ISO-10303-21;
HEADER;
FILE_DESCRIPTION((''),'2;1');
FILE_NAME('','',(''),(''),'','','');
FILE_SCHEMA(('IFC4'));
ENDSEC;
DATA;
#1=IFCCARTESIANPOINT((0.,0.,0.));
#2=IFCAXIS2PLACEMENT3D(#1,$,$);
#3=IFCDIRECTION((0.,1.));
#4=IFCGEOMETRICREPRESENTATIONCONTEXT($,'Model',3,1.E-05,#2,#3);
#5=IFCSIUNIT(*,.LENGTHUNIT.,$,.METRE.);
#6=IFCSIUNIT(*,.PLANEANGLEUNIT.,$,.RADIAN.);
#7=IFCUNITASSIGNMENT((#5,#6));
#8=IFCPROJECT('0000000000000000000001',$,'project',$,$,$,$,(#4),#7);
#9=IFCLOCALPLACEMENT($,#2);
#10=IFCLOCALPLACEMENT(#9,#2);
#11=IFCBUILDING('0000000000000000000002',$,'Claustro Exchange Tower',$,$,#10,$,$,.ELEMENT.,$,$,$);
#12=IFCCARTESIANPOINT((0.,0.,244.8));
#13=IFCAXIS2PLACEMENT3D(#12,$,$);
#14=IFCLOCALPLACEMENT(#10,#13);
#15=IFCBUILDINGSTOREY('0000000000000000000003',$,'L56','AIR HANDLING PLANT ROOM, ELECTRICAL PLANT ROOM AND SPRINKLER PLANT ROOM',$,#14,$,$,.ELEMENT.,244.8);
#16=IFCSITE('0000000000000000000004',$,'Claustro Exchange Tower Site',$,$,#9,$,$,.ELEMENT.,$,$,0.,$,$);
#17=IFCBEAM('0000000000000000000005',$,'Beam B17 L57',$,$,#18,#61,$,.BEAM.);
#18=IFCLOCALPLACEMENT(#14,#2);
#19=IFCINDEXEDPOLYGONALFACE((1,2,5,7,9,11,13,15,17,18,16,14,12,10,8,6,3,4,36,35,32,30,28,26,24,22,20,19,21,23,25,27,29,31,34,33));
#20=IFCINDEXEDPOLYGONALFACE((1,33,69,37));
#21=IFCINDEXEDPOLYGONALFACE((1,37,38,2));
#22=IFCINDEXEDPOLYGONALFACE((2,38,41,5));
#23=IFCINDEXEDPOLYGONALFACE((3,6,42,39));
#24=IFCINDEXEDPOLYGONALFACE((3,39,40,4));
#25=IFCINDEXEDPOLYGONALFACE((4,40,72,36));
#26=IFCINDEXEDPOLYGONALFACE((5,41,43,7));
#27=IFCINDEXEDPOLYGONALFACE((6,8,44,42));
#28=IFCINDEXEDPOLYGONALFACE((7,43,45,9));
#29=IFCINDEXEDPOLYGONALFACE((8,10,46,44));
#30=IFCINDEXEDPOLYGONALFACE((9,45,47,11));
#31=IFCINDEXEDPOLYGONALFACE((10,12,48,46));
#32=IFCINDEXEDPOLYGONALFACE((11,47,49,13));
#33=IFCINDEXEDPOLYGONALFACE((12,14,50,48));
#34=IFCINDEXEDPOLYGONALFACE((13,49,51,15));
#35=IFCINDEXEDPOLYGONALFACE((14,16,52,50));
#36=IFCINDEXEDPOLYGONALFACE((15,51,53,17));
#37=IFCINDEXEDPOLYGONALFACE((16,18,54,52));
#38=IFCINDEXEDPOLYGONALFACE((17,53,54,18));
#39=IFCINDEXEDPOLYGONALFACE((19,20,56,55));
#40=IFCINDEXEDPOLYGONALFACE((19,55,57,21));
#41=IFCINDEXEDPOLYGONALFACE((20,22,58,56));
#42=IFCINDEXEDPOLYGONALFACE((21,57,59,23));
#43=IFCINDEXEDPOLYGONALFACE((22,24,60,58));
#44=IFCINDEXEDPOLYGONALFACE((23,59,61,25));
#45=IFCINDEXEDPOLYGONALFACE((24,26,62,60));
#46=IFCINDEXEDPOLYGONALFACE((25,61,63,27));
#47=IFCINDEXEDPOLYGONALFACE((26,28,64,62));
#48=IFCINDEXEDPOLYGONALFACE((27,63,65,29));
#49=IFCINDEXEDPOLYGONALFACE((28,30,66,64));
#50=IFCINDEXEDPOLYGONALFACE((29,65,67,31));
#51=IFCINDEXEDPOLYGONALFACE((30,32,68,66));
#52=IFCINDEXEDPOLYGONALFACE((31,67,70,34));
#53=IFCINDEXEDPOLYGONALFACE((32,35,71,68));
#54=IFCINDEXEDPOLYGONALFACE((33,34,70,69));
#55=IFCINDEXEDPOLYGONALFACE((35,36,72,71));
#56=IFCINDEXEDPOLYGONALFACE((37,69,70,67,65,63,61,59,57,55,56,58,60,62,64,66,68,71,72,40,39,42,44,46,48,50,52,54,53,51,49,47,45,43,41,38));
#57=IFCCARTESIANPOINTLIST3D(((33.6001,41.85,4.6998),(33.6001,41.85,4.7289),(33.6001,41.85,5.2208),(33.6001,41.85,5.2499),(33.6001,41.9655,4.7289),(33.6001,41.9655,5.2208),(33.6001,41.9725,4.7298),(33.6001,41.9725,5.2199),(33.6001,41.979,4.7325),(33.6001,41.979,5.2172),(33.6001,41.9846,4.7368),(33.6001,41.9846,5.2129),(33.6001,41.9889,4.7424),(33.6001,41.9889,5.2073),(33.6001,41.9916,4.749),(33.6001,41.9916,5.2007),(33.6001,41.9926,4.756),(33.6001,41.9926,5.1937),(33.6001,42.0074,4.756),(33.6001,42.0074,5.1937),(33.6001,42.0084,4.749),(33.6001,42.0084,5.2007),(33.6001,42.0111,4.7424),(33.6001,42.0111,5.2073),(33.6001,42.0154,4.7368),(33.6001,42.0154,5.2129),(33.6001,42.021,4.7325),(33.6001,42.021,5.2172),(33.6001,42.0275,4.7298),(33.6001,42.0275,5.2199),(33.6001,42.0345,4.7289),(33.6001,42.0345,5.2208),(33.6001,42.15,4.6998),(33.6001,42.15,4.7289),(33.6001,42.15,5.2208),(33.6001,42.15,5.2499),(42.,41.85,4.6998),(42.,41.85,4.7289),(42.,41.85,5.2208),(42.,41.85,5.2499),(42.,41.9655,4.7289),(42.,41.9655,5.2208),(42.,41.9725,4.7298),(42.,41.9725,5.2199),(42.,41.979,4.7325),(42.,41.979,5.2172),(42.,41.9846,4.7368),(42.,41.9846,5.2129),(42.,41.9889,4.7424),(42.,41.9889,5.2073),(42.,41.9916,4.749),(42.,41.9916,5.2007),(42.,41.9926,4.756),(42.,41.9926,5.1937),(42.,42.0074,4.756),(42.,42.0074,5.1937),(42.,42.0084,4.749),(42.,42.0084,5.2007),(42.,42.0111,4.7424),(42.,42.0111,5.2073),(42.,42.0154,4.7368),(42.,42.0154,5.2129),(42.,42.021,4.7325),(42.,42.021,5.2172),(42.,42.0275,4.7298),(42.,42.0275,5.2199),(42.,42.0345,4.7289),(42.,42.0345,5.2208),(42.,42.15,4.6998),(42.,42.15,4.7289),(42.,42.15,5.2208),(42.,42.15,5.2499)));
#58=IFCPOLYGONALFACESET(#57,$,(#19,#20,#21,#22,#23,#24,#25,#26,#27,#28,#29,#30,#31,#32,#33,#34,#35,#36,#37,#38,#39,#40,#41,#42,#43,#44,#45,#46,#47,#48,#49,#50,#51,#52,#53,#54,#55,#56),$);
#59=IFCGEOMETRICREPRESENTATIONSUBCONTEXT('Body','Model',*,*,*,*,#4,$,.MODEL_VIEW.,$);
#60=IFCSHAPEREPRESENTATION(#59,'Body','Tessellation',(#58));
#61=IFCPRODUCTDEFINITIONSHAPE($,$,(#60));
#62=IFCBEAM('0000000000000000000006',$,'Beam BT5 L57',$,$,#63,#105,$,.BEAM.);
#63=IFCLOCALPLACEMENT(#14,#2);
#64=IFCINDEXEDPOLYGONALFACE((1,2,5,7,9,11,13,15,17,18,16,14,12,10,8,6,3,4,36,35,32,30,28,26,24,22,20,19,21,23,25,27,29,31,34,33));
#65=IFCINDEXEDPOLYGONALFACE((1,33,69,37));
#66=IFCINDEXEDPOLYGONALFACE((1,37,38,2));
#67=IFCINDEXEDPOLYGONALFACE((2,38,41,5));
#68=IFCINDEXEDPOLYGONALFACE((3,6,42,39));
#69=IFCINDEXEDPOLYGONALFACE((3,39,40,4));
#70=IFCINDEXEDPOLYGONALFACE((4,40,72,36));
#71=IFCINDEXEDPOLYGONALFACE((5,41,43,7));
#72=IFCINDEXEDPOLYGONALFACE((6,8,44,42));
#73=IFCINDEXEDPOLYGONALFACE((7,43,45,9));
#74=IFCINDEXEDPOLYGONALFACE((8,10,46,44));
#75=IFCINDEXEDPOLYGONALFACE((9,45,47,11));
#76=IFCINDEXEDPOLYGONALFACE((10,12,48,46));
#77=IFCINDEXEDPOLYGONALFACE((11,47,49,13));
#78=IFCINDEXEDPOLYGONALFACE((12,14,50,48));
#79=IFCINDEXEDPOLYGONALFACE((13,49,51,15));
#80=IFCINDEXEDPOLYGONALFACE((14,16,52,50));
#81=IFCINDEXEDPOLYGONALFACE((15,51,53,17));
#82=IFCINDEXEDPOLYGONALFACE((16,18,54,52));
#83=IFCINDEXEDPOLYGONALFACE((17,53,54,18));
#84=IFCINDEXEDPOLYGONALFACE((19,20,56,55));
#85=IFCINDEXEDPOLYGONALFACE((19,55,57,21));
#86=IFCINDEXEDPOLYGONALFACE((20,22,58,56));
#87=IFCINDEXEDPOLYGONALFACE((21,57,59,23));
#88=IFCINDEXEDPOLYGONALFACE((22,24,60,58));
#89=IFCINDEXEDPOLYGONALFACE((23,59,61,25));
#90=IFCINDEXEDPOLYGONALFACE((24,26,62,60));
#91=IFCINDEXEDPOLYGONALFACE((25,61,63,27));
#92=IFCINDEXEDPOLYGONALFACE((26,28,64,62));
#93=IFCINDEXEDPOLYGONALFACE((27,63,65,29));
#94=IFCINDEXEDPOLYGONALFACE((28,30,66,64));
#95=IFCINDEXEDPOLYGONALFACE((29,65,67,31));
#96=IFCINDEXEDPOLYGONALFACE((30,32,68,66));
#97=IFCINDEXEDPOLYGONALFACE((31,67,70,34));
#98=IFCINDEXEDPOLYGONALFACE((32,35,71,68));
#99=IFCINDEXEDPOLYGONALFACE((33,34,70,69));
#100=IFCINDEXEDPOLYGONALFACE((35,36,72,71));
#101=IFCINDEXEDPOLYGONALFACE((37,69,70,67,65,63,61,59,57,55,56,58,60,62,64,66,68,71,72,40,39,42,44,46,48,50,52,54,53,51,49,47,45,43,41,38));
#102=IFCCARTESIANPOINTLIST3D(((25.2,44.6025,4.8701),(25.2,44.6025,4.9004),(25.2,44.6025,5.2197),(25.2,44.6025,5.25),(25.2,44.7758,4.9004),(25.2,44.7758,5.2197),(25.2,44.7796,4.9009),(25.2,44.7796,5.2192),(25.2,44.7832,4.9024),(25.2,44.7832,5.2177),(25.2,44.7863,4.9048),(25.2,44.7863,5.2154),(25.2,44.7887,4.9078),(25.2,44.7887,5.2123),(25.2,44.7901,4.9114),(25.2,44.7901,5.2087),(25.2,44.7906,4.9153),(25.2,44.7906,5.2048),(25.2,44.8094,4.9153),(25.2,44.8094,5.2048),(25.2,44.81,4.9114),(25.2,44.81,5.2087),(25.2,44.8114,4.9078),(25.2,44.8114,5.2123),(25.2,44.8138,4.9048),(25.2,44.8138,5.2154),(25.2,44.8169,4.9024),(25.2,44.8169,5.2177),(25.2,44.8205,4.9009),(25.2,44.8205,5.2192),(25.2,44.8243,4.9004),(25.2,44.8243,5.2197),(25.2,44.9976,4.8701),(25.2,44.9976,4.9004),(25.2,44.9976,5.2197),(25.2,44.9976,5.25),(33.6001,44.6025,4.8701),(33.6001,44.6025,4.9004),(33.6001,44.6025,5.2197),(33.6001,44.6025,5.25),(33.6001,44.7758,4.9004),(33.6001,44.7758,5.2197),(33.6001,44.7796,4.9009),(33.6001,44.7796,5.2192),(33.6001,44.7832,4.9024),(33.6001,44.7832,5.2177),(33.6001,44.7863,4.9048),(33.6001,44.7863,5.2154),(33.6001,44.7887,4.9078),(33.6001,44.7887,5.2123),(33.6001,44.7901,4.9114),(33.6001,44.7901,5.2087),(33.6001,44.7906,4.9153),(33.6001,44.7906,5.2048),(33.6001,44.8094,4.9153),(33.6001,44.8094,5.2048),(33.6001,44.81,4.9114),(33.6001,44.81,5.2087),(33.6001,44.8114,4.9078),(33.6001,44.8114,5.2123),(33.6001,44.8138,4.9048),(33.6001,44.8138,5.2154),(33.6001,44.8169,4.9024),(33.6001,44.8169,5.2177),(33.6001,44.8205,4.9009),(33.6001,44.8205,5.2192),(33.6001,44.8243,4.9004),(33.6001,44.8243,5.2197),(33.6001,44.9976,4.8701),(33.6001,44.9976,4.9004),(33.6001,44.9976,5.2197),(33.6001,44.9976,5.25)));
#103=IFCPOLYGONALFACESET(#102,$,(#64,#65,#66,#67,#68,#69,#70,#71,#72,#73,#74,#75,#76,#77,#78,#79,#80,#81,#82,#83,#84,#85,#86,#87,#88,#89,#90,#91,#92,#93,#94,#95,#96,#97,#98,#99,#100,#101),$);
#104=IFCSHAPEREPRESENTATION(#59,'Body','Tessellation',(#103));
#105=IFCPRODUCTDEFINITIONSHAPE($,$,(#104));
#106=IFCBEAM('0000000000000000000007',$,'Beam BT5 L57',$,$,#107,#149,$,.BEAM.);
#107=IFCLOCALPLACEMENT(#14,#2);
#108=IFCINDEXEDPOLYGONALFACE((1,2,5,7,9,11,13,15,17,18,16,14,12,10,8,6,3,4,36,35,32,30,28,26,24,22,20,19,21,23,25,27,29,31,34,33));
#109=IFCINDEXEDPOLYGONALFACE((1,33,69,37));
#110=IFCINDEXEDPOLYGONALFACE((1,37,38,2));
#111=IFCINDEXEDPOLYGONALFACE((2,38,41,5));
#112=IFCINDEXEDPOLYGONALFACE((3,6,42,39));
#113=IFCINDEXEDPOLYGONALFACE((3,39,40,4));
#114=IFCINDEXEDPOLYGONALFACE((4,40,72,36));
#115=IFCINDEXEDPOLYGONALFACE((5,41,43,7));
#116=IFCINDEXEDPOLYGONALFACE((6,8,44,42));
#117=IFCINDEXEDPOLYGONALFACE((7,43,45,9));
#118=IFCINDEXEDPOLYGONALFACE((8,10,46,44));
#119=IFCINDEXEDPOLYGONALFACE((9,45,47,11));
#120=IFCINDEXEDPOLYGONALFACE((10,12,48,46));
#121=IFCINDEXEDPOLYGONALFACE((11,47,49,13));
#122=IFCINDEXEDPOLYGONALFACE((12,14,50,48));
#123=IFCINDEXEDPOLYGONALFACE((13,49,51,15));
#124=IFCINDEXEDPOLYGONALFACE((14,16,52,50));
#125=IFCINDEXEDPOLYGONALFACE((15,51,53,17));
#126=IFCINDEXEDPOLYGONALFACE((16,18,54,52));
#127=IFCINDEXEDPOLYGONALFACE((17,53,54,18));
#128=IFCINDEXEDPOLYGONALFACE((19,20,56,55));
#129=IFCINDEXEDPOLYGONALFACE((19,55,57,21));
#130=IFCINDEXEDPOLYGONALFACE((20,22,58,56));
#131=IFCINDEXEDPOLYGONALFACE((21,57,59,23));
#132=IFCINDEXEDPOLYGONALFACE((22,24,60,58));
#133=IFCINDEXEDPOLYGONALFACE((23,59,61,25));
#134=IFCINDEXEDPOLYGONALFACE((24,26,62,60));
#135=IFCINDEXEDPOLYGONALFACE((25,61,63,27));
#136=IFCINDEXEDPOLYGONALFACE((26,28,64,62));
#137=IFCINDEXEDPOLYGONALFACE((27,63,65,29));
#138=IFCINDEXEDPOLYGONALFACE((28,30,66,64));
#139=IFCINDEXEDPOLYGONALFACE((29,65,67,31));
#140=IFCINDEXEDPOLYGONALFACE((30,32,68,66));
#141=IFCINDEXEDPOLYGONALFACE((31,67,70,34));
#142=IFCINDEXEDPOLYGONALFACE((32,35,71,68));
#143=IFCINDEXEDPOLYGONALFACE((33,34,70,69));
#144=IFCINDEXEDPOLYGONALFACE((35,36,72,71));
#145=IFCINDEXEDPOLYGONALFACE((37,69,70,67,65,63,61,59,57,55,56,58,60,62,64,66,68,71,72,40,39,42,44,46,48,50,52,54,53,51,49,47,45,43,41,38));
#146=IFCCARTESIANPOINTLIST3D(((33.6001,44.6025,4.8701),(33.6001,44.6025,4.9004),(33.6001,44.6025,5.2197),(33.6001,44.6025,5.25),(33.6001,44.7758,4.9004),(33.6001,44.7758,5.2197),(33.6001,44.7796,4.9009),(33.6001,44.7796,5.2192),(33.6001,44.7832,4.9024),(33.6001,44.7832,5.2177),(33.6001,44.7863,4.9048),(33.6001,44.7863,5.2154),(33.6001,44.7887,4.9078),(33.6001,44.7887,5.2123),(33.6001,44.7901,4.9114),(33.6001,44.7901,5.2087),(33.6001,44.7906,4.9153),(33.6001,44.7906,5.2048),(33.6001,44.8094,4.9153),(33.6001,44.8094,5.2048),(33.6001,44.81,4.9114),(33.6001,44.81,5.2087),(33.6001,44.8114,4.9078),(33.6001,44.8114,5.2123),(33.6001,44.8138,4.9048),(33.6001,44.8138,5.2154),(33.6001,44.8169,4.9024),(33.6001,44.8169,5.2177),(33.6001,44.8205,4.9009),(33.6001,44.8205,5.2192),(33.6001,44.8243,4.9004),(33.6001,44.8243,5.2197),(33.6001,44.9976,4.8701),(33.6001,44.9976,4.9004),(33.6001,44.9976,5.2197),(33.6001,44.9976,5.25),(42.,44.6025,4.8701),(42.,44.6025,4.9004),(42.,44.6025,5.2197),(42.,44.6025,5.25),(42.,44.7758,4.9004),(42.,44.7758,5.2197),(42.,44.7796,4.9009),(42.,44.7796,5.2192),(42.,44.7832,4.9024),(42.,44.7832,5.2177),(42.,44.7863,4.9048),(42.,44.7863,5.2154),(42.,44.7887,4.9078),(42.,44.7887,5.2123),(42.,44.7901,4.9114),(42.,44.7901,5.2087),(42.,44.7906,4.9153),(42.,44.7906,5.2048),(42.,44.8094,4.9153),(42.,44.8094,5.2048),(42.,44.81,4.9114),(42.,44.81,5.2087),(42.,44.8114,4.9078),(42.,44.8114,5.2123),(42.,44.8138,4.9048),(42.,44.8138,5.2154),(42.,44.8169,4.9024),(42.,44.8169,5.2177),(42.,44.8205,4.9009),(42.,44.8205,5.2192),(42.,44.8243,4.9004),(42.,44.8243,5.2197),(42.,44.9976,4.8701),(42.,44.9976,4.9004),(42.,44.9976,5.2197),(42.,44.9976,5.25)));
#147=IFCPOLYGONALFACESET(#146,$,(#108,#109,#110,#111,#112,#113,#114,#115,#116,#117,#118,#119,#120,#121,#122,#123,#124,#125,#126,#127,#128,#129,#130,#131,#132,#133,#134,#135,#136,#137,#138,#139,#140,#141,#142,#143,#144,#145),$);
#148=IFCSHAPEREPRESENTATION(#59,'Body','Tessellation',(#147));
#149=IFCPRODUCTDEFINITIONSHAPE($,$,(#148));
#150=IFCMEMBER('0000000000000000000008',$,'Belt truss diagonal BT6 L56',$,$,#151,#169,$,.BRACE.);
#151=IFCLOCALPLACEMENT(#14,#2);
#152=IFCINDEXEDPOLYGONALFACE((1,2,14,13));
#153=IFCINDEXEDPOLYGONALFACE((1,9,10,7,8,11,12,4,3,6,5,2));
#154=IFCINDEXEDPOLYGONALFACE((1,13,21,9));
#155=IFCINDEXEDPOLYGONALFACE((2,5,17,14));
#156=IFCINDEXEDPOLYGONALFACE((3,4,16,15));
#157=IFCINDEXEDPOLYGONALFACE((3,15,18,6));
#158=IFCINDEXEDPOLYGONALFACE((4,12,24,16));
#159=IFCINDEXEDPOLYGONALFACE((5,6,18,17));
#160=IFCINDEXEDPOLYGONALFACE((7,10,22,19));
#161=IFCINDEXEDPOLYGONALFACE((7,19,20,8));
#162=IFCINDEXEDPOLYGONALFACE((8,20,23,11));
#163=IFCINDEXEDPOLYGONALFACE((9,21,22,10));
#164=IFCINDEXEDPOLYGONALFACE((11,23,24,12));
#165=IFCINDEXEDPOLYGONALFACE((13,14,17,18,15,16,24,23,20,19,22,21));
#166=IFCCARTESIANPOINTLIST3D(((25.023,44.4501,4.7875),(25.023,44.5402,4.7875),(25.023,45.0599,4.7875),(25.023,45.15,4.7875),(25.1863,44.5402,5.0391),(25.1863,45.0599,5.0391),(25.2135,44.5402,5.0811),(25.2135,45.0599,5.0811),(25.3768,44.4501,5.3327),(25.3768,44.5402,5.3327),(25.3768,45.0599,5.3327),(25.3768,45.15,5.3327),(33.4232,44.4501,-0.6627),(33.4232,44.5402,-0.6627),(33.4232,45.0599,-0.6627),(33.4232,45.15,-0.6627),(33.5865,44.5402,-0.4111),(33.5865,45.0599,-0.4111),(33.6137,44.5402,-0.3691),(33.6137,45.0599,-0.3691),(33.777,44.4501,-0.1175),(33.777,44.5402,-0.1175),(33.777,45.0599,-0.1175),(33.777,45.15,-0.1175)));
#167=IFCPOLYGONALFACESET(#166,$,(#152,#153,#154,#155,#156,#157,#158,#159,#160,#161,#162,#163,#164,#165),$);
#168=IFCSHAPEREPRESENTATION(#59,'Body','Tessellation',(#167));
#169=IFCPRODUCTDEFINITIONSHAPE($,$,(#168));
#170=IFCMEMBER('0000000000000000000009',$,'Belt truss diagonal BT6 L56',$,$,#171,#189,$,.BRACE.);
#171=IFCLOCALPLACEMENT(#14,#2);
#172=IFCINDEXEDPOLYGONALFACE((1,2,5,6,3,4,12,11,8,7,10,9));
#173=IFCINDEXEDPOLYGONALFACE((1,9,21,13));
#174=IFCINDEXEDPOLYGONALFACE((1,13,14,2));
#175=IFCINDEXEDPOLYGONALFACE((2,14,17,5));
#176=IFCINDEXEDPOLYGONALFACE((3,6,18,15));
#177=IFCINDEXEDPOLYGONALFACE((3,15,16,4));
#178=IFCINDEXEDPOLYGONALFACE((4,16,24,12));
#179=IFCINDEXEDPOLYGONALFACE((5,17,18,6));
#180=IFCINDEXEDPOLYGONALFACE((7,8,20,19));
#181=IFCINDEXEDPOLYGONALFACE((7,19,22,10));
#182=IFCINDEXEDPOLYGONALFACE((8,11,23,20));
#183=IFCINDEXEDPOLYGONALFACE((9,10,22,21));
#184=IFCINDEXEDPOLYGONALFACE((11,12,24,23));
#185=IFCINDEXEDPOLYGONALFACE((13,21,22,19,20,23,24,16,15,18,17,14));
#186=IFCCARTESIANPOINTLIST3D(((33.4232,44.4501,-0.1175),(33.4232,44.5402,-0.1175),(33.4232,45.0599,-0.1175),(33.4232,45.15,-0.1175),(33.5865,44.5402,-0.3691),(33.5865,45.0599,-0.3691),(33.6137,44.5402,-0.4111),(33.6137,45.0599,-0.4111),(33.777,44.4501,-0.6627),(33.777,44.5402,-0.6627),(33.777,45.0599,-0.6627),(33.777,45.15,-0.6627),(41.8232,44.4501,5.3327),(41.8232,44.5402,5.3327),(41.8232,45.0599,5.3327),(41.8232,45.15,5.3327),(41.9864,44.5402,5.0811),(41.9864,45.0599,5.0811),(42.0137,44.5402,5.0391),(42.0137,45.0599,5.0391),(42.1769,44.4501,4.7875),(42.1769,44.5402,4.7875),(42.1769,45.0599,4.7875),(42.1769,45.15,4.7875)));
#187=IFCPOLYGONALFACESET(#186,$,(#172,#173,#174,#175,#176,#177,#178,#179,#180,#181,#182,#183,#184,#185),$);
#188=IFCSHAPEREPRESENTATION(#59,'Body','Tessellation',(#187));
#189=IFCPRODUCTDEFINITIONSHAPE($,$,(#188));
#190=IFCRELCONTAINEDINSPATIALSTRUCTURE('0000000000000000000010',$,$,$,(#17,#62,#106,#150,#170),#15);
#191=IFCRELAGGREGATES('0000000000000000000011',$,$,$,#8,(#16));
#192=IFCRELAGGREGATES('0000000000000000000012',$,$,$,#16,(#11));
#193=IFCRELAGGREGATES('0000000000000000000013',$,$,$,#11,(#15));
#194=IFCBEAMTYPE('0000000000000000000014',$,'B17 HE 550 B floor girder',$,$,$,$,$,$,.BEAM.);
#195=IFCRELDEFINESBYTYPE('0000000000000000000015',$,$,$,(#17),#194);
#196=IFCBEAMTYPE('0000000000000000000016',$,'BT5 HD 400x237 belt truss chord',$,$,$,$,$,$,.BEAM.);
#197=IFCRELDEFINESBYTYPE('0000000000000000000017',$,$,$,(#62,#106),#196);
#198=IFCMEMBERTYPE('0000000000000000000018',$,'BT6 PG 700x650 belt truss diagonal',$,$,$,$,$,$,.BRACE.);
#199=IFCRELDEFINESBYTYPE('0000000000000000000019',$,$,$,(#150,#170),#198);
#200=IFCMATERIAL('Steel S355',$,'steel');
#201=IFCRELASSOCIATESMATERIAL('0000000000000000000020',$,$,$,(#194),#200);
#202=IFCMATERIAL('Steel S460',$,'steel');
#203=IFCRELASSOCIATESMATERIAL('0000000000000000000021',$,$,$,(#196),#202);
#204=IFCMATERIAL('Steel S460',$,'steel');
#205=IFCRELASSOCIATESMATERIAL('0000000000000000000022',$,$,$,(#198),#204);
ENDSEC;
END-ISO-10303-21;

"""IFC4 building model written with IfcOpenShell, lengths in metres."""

from ifc_helpers import new_model, si_unit, direction, frame, origin, origin_2d, place, context, subcontext, project, spatial, i_section, extrude, material, material_profile, profile_set, type_object, element, save


model = new_model("IFC4")

# Units and contexts
model_context = context("Model", 3, precision=1e-05, world=origin(), true_north=direction((0.0, 1.0)))
body_context = subcontext(model_context, "Body", "Model", "MODEL_VIEW")
ifc_project = project(units=[si_unit("LENGTHUNIT", "METRE"), si_unit("PLANEANGLEUNIT", "RADIAN")], contexts=[model_context])

# Site, building, storey
site_placement = place(None, origin())
site = spatial("IfcSite", under=ifc_project, at=site_placement, Name="Claustro Exchange Tower Site", CompositionType="ELEMENT", RefElevation=0.0)
building_placement = place(site_placement, origin())
building = spatial("IfcBuilding", under=site, at=building_placement, Name="Claustro Exchange Tower", CompositionType="ELEMENT")
storey_placement = place(building_placement, frame((0.0, 0.0, 244.8)))
storey = spatial("IfcBuildingStorey", under=building, at=storey_placement, Name="L56", Description="AIR HANDLING PLANT ROOM, ELECTRICAL PLANT ROOM AND SPRINKLER PLANT ROOM", CompositionType="ELEMENT", Elevation=244.8)

# Beams
ifc_material_1 = material(Name="Steel S355", Category="steel")
ifc_material_profile_1 = material_profile(ifc_material_1, i_section(OverallWidth=0.3, OverallDepth=0.55, WebThickness=0.0149, FlangeThickness=0.0291, FilletRadius=0.0271, at=origin_2d()), Name="HE 550 B")
ifc_profile_set_1 = profile_set([ifc_material_profile_1], Name="Steel S355")
beam_type_1 = type_object("IfcBeamType", Name="B17 HE 550 B floor girder", PredefinedType="BEAM", material=ifc_profile_set_1)
beam_1_placement = place(storey_placement, frame((33.6001, 42.0, 4.9749), z_axis=(1.0, 0.0, 0.0), x_axis=(0.0, 1.0, 0.0)))
element("IfcBeam", 1, at=beam_1_placement, inside=storey, type_object=beam_type_1, Name="Beam B17 L57", PredefinedType="BEAM", context=body_context, shape_type="SweptSolid", body=[
    extrude(i_section(OverallWidth=0.3, OverallDepth=0.55, WebThickness=0.0149, FlangeThickness=0.0291, FilletRadius=0.0271, at=origin_2d()), origin(), (0.0, 0.0, 1.0), 8.3999),
])
ifc_material_2 = material(Name="Steel S460", Category="steel")
ifc_material_profile_2 = material_profile(ifc_material_2, i_section(OverallWidth=0.395, OverallDepth=0.3799, WebThickness=0.0188, FlangeThickness=0.0303, FilletRadius=0.0149, at=origin_2d()), Name="HD 400x237")
ifc_profile_set_2 = profile_set([ifc_material_profile_2], Name="Steel S460")
beam_type_2 = type_object("IfcBeamType", Name="BT5 HD 400x237 belt truss chord", PredefinedType="BEAM", material=ifc_profile_set_2)
beam_2_placement = place(storey_placement, frame((25.2, 44.8, 5.0601), z_axis=(1.0, 0.0, 0.0), x_axis=(0.0, 1.0, 0.0)))
element("IfcBeam", 2, at=beam_2_placement, inside=storey, type_object=beam_type_2, Name="Beam BT5 L57", PredefinedType="BEAM", context=body_context, shape_type="SweptSolid", body=[
    extrude(i_section(OverallWidth=0.395, OverallDepth=0.3799, WebThickness=0.0188, FlangeThickness=0.0303, FilletRadius=0.0149, at=origin_2d()), origin(), (0.0, 0.0, 1.0), 8.4001),
])
beam_3_placement = place(storey_placement, frame((33.6001, 44.8, 5.0601), z_axis=(1.0, 0.0, 0.0), x_axis=(0.0, 1.0, 0.0)))
element("IfcBeam", 3, at=beam_3_placement, inside=storey, type_object=beam_type_2, Name="Beam BT5 L57", PredefinedType="BEAM", context=body_context, shape_type="SweptSolid", body=[
    extrude(i_section(OverallWidth=0.395, OverallDepth=0.3799, WebThickness=0.0188, FlangeThickness=0.0303, FilletRadius=0.0149, at=origin_2d()), origin(), (0.0, 0.0, 1.0), 8.3999),
])

# Members
ifc_material_3 = material(Name="Steel S460", Category="steel")
ifc_material_profile_3 = material_profile(ifc_material_3, i_section(OverallWidth=0.6499, OverallDepth=0.7, WebThickness=0.05, FlangeThickness=0.0901, at=origin_2d()), Name="PG 700x650")
ifc_profile_set_3 = profile_set([ifc_material_profile_3], Name="Steel S460")
member_type_1 = type_object("IfcMemberType", Name="BT6 PG 700x650 belt truss diagonal", PredefinedType="BRACE", material=ifc_profile_set_3)
member_1_placement = place(storey_placement, frame((33.6001, 44.8, -0.3901), z_axis=(-0.838895, 0.0, 0.544293), x_axis=(0.544293, 0.0, 0.838895)))
element("IfcMember", 4, at=member_1_placement, inside=storey, type_object=member_type_1, Name="Belt truss diagonal BT6 L56", PredefinedType="BRACE", context=body_context, shape_type="SweptSolid", body=[
    extrude(i_section(OverallWidth=0.6499, OverallDepth=0.7, WebThickness=0.05, FlangeThickness=0.0901, at=origin_2d()), origin(), (0.0, 0.0, 1.0), 10.0134),
])
member_2_placement = place(storey_placement, frame((33.6001, 44.8, -0.3901), z_axis=(0.838888, 0.0, 0.544304), x_axis=(-0.544304, 0.0, 0.838888)))
element("IfcMember", 5, at=member_2_placement, inside=storey, type_object=member_type_1, Name="Belt truss diagonal BT6 L56", PredefinedType="BRACE", context=body_context, shape_type="SweptSolid", body=[
    extrude(i_section(OverallWidth=0.6499, OverallDepth=0.7, WebThickness=0.05, FlangeThickness=0.0901, at=origin_2d()), origin(), (0.0, 0.0, 1.0), 10.0132),
])

save(model, "model.ifc")
